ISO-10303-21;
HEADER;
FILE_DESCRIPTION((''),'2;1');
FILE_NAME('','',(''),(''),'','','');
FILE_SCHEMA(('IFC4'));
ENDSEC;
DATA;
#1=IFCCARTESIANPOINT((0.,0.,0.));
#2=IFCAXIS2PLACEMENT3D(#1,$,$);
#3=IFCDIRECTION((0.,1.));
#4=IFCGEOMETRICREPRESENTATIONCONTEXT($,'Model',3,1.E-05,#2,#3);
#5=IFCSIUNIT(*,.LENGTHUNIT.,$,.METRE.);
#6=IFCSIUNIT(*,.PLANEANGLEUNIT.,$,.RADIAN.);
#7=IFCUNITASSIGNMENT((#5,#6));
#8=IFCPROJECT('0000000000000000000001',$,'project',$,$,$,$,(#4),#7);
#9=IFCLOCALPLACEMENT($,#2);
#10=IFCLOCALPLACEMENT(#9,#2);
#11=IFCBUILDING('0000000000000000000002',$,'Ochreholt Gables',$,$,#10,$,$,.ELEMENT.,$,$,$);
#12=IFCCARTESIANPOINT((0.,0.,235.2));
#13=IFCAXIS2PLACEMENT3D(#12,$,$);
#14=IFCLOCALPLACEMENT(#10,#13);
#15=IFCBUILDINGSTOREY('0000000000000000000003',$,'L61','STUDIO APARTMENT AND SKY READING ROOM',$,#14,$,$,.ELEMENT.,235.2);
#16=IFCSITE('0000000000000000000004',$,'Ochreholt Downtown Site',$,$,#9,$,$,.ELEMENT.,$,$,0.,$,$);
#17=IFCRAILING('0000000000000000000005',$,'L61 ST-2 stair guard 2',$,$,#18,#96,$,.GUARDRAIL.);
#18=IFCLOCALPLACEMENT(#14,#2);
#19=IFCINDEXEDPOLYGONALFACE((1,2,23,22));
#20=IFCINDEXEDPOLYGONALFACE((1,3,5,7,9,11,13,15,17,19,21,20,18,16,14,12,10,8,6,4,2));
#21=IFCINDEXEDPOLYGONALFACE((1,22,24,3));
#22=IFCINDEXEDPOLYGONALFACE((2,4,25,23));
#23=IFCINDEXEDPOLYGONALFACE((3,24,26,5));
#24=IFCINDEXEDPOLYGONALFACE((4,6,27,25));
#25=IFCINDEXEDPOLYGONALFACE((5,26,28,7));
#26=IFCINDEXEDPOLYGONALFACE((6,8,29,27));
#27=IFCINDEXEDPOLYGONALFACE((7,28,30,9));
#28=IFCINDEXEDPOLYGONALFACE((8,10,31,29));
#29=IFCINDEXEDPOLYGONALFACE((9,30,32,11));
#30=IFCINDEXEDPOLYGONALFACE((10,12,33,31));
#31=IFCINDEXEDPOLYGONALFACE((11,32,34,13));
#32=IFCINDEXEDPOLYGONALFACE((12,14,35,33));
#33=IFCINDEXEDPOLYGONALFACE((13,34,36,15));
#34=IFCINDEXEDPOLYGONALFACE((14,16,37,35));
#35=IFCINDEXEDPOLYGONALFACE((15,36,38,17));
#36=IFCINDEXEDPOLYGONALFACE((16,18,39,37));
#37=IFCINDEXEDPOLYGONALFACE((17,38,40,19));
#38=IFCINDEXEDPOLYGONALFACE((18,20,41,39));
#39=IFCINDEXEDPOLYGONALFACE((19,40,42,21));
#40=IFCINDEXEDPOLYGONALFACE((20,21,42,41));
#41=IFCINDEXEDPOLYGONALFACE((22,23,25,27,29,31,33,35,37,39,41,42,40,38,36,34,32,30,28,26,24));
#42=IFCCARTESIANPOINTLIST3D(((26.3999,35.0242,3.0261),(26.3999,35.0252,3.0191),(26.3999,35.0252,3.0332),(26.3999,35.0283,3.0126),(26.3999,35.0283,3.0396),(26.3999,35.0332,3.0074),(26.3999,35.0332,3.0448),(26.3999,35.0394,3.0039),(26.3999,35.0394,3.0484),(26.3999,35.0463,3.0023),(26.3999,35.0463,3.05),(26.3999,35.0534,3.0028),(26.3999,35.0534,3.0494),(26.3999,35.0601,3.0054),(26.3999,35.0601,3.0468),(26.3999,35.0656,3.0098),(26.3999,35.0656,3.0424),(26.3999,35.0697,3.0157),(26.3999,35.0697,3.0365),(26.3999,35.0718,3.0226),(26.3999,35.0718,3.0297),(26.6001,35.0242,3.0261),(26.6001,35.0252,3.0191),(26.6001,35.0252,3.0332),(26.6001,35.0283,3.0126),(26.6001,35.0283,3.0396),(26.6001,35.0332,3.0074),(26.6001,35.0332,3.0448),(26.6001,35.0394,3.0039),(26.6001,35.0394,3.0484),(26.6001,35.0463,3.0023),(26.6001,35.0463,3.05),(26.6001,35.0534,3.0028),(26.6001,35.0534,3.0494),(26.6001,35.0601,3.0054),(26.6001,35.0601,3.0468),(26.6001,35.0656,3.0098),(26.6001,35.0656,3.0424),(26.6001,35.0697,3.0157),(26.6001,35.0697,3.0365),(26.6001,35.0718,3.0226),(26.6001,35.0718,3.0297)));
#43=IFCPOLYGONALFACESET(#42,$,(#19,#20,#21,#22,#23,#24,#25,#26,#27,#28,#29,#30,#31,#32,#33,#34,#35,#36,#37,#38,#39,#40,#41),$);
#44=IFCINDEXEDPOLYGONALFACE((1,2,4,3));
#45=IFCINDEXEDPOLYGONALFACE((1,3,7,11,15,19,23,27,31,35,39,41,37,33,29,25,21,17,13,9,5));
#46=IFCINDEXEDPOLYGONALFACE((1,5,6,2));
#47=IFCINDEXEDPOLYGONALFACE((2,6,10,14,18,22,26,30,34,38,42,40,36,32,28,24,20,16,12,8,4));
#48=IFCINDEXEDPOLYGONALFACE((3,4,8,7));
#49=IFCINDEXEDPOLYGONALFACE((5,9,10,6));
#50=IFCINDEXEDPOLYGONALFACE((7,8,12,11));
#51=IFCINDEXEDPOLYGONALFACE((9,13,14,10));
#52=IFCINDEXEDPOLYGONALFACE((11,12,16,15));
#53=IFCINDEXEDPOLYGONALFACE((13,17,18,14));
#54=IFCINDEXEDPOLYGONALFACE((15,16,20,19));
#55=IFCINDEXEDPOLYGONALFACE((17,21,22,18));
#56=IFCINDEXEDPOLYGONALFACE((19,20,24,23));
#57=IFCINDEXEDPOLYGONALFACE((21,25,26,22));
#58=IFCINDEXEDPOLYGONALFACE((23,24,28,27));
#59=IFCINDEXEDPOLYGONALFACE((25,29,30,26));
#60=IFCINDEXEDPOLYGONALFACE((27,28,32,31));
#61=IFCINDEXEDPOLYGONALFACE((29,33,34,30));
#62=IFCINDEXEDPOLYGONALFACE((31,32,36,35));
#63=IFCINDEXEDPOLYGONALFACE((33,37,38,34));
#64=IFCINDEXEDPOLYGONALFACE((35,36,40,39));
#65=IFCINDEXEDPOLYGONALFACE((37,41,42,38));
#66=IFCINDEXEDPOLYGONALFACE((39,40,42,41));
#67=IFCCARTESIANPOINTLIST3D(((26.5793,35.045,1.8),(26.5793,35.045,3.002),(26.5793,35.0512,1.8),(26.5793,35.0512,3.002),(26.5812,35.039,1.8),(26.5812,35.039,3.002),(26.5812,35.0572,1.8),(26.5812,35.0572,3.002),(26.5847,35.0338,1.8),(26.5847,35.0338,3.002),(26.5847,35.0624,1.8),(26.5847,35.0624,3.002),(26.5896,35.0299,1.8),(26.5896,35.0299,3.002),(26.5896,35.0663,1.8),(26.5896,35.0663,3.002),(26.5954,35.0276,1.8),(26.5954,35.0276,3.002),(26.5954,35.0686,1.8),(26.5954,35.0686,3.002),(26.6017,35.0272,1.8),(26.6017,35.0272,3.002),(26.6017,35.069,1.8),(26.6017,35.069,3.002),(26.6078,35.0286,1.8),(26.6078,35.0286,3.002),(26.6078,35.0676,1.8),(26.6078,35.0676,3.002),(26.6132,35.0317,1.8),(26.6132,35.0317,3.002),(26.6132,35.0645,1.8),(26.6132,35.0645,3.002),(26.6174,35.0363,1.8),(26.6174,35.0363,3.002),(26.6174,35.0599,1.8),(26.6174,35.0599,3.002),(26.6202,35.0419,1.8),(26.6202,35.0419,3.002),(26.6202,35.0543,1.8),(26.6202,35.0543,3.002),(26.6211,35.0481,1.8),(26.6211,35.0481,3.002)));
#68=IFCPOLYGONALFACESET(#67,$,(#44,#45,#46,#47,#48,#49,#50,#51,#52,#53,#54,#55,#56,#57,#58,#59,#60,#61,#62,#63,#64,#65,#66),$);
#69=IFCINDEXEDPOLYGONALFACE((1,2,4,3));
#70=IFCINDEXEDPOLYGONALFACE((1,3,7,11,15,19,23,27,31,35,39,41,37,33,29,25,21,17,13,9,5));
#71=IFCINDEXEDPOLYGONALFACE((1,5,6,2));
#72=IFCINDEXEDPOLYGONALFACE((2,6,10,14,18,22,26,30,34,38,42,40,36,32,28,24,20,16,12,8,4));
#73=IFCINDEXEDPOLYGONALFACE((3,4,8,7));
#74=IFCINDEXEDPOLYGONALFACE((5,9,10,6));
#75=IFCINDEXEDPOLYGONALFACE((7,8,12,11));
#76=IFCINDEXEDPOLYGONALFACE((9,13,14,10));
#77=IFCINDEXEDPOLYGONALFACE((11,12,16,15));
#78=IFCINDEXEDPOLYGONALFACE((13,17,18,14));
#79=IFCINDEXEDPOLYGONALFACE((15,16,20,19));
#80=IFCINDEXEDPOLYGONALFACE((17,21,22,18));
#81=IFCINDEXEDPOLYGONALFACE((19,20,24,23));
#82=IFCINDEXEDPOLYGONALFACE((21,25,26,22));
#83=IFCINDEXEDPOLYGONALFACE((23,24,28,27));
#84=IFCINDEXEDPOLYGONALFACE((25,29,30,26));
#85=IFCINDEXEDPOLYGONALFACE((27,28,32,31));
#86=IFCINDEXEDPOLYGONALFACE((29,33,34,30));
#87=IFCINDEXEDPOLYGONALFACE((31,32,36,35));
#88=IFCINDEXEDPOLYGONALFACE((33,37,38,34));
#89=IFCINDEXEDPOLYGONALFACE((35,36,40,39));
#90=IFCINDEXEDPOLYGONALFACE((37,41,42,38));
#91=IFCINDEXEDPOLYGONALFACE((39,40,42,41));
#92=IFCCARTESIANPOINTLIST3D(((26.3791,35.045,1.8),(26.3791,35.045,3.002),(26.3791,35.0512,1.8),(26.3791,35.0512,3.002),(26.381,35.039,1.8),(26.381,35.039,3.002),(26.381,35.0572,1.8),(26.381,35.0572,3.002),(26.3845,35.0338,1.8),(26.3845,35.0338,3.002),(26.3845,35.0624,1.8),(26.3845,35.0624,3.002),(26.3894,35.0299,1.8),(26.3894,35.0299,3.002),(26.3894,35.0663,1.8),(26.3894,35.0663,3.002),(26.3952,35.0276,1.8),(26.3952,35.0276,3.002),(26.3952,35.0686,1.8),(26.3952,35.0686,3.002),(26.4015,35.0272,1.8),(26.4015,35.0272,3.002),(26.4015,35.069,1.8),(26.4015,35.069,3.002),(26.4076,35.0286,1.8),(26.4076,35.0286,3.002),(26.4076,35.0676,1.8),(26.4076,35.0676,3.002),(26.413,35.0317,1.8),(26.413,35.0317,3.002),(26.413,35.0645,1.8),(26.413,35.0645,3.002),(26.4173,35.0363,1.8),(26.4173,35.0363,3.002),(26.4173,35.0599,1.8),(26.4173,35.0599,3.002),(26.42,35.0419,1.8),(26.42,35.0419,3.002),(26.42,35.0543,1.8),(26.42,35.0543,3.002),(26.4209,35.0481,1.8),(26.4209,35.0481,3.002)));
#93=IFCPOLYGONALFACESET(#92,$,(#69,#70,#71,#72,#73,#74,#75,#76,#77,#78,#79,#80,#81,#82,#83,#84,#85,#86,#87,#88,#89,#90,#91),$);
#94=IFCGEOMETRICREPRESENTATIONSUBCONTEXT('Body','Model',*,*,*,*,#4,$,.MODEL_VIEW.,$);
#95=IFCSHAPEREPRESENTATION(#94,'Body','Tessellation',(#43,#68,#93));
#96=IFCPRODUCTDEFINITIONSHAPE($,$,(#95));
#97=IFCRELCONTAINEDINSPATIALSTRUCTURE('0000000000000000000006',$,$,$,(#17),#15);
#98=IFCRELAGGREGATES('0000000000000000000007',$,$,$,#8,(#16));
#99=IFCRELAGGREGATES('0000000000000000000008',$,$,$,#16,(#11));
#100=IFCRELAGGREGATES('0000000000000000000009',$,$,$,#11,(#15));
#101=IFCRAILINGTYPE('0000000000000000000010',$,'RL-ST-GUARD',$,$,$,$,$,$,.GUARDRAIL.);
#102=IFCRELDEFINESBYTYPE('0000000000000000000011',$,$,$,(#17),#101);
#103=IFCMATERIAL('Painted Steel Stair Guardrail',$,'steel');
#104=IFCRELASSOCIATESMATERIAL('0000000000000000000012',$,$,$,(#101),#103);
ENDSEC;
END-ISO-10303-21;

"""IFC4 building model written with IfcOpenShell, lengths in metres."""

from ifc_helpers import new_model, si_unit, direction, frame, origin, origin_2d, place, context, subcontext, project, spatial, circle, extrude, material, type_object, element, save


model = new_model("IFC4")

# Units and contexts
model_context = context("Model", 3, precision=1e-05, world=origin(), true_north=direction((0.0, 1.0)))
body_context = subcontext(model_context, "Body", "Model", "MODEL_VIEW")
ifc_project = project(units=[si_unit("LENGTHUNIT", "METRE"), si_unit("PLANEANGLEUNIT", "RADIAN")], contexts=[model_context])

# Site, building, storey
site_placement = place(None, origin())
site = spatial("IfcSite", under=ifc_project, at=site_placement, Name="Ochreholt Downtown Site", CompositionType="ELEMENT", RefElevation=0.0)
building_placement = place(site_placement, origin())
building = spatial("IfcBuilding", under=site, at=building_placement, Name="Ochreholt Gables", CompositionType="ELEMENT")
storey_placement = place(building_placement, frame((0.0, 0.0, 235.2)))
storey = spatial("IfcBuildingStorey", under=building, at=storey_placement, Name="L61", Description="STUDIO APARTMENT AND SKY READING ROOM", CompositionType="ELEMENT", Elevation=235.2)

# Railing
ifc_material_1 = material(Name="Painted Steel Stair Guardrail", Category="steel")
railing_type_1 = type_object("IfcRailingType", Name="RL-ST-GUARD", PredefinedType="GUARDRAIL", material=ifc_material_1)
railing_1_placement = place(storey_placement, frame((26.6001, 35.0481, 1.8)))
element("IfcRailing", 1, at=railing_1_placement, inside=storey, type_object=railing_type_1, Name="L61 ST-2 stair guard 2", PredefinedType="GUARDRAIL", context=body_context, shape_type="SweptSolid", body=[
    extrude(circle(Radius=0.0239, at=origin_2d()), frame((0.0, 0.0, 1.2261), z_axis=(-1.0, 0.0, 0.0), x_axis=(0.0, -1.0, 0.0)), (0.0, 0.0, 1.0), 0.2002),
    extrude(circle(Radius=0.021, at=origin_2d()), origin(), (0.0, 0.0, 1.0), 1.2019),
    extrude(circle(Radius=0.021, at=origin_2d()), frame((-0.2002, 0.0, 0.0)), (0.0, 0.0, 1.0), 1.2019),
])

save(model, "model.ifc")
